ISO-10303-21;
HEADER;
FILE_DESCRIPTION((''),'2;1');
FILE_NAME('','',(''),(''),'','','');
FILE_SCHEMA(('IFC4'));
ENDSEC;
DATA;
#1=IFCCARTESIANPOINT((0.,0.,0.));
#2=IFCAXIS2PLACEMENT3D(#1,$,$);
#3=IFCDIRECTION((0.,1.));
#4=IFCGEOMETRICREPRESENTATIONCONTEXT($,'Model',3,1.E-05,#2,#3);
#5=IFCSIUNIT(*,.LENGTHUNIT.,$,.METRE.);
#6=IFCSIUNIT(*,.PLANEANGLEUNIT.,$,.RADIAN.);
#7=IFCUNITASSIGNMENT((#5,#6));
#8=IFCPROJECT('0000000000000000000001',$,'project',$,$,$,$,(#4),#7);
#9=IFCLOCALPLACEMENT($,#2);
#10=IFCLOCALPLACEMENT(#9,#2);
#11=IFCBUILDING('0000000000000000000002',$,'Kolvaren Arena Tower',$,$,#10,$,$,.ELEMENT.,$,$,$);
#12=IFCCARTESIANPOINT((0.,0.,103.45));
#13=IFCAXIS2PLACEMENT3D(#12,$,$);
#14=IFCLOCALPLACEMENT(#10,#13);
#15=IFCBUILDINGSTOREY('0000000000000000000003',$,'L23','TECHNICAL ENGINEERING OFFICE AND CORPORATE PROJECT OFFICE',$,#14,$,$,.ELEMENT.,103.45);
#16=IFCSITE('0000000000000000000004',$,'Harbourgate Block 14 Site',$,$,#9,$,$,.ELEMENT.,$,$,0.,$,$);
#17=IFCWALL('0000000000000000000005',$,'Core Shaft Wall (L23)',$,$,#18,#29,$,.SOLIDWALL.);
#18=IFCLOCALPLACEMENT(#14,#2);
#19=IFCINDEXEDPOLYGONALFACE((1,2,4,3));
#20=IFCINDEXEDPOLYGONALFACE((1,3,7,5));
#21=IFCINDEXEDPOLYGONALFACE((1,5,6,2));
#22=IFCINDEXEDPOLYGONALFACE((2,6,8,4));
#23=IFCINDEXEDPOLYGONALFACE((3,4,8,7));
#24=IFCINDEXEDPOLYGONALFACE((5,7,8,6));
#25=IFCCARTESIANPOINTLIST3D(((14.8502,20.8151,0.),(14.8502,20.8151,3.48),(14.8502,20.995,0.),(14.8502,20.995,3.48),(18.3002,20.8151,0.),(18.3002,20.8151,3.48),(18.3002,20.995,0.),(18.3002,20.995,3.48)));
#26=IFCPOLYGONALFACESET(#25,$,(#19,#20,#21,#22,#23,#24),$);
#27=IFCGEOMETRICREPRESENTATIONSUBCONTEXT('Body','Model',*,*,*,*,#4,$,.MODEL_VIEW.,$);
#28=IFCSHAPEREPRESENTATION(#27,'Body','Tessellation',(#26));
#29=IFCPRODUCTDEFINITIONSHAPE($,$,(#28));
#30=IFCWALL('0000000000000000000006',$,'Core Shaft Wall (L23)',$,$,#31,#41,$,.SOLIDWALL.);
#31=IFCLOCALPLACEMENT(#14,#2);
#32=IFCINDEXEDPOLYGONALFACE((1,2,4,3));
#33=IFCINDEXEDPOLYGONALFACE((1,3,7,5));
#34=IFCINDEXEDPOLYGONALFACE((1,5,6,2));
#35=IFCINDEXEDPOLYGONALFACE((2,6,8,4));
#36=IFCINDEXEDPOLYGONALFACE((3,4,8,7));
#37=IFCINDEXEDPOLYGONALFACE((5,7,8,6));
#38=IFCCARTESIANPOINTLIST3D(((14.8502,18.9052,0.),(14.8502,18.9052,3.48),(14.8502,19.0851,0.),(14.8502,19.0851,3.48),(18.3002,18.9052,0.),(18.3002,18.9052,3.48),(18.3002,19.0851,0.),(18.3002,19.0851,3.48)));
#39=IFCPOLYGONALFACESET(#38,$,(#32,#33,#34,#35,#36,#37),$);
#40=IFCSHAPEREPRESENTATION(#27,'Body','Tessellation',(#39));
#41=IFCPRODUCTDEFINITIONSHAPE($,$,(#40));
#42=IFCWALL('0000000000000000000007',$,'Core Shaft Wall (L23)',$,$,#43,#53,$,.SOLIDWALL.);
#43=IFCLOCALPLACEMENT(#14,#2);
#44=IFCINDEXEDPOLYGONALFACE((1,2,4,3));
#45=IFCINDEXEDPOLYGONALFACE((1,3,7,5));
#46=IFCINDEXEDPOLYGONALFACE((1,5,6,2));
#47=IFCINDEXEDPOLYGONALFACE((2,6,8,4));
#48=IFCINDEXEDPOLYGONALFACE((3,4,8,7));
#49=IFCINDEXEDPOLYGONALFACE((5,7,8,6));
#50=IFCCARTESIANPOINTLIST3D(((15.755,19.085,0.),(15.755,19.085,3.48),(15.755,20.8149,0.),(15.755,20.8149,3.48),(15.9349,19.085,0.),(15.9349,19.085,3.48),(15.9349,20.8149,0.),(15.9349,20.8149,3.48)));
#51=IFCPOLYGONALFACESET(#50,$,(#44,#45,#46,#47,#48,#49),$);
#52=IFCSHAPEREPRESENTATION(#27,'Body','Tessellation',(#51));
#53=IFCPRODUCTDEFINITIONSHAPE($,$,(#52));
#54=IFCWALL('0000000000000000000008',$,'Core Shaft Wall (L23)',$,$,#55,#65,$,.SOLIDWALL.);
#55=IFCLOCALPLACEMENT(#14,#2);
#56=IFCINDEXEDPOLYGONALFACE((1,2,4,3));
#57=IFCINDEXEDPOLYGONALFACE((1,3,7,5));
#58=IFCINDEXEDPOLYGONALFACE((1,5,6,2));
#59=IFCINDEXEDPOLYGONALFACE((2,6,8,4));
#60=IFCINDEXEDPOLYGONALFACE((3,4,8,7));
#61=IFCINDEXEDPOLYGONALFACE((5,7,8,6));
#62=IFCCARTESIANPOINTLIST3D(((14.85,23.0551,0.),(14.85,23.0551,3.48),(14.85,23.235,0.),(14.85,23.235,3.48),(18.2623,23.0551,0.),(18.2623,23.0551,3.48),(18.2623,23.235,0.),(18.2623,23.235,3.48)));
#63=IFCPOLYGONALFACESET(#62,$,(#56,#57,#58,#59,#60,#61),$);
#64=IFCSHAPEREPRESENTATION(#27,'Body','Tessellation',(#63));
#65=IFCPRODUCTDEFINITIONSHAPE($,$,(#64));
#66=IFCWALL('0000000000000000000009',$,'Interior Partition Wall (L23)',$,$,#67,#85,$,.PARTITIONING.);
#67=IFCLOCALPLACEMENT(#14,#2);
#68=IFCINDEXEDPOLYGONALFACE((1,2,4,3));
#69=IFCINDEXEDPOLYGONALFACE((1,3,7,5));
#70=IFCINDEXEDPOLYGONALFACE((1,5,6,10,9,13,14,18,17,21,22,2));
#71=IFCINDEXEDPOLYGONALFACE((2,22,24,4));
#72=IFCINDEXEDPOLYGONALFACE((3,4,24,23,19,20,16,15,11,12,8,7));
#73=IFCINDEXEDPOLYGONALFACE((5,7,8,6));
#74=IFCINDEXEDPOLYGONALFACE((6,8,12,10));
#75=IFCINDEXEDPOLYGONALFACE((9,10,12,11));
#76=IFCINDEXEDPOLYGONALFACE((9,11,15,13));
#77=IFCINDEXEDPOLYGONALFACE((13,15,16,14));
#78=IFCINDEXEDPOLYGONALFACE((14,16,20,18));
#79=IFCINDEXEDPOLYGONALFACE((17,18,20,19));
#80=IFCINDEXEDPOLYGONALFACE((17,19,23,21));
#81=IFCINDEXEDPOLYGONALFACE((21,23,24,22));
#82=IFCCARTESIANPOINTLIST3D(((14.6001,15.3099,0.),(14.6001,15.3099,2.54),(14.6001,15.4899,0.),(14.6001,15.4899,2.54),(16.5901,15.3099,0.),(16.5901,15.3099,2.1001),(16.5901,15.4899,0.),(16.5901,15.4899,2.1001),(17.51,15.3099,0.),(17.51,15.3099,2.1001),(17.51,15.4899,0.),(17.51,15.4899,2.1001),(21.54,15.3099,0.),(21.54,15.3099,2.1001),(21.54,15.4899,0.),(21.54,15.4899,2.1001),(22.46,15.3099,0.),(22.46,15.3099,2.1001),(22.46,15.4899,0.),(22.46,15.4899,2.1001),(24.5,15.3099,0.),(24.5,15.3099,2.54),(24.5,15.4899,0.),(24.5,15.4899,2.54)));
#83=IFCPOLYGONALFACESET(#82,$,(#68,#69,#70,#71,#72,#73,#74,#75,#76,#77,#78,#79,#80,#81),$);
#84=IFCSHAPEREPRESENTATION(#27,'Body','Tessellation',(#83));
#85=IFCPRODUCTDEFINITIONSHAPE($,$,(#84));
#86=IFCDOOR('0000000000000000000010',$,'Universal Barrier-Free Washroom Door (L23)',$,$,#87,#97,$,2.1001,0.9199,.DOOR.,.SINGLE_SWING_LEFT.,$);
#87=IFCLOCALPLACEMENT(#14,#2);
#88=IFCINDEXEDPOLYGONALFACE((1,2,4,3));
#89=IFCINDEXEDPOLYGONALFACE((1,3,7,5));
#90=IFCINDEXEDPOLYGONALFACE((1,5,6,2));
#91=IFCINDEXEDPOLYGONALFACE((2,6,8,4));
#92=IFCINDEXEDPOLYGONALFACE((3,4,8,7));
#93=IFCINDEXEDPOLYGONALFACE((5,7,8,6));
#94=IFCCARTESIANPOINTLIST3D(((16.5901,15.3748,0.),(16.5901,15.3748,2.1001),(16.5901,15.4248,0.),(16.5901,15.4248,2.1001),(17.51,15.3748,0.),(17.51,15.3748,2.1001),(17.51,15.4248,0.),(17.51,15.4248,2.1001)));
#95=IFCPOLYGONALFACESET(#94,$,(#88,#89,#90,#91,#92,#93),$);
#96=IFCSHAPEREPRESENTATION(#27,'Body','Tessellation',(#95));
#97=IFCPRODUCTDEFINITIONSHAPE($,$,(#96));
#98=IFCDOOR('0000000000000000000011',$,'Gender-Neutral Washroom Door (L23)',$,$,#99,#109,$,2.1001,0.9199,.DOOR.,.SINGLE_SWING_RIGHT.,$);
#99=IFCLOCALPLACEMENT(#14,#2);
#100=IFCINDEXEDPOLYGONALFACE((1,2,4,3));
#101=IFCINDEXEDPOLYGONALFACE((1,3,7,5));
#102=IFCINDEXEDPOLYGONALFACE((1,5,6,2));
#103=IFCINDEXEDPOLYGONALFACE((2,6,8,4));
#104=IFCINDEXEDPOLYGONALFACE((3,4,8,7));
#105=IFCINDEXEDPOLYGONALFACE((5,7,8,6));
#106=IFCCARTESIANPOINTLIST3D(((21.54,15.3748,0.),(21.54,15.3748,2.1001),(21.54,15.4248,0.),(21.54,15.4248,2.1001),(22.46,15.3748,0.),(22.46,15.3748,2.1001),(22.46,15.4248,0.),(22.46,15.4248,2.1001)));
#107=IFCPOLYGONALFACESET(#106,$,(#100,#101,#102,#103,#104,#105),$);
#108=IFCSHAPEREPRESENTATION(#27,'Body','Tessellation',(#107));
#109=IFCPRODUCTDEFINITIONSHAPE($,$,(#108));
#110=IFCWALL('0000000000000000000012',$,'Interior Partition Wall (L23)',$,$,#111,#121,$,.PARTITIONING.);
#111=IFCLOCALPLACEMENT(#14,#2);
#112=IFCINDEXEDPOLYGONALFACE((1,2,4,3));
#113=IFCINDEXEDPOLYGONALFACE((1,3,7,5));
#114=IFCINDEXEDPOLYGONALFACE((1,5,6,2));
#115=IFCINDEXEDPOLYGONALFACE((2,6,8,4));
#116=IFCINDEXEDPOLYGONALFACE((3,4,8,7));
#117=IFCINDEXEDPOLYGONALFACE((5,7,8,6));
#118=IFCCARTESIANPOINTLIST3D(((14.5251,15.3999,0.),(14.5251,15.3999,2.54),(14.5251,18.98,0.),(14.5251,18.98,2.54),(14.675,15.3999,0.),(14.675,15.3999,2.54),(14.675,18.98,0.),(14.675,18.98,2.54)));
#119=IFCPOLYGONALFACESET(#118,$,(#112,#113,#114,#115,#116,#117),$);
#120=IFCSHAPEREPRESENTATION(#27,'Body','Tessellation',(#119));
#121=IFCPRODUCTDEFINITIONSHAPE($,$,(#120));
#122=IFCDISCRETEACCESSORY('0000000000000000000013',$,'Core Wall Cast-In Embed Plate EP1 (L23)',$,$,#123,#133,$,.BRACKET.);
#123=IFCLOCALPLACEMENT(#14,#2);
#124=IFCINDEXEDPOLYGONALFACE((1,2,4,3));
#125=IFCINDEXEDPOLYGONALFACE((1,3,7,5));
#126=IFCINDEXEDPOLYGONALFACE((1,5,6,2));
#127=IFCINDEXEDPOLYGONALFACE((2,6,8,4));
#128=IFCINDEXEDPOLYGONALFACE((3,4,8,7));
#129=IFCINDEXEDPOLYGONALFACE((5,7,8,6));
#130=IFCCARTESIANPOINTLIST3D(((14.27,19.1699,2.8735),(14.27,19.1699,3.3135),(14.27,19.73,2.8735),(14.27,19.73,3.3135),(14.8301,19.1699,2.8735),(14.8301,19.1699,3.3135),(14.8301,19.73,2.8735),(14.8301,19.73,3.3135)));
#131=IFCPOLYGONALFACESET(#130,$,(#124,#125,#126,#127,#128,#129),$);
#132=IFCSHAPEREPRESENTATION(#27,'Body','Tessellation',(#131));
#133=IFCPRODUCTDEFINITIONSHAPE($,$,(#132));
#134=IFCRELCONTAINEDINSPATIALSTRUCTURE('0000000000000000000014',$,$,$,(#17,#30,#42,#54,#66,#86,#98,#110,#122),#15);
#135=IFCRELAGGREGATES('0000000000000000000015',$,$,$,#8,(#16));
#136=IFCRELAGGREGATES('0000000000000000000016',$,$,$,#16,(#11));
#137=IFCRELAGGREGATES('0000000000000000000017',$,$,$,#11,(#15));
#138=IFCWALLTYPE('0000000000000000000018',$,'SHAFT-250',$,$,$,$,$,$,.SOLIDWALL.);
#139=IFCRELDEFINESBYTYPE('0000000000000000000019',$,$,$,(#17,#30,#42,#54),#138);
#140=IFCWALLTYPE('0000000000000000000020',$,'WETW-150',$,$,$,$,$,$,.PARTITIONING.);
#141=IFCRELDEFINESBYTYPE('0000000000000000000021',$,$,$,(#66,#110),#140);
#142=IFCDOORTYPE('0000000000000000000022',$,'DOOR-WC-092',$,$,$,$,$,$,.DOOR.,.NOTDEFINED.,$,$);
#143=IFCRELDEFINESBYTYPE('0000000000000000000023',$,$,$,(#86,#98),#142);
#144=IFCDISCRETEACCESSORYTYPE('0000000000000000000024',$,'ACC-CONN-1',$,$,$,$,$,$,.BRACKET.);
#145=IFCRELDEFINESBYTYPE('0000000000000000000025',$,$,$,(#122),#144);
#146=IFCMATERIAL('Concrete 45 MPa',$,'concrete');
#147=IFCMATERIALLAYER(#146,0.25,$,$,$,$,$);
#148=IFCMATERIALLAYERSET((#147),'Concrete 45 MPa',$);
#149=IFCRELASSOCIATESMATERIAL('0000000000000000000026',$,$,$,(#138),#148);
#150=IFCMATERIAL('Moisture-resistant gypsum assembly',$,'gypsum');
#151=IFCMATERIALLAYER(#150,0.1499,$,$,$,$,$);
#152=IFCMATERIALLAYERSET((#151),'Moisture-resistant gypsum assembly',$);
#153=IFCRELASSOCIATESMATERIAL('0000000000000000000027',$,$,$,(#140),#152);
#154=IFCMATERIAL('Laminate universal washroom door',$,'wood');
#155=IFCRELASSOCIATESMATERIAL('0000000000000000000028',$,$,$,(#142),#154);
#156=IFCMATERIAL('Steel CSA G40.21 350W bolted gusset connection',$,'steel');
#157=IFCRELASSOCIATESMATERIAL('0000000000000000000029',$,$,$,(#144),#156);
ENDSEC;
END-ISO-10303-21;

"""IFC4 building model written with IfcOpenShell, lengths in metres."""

from ifc_helpers import new_model, si_unit, direction, frame, frame_2d, origin, origin_2d, place, context, subcontext, project, spatial, rectangle, extrude, material, layer, layer_set, type_object, element, fill, save


model = new_model("IFC4")

# Units and contexts
model_context = context("Model", 3, precision=1e-05, world=origin(), true_north=direction((0.0, 1.0)))
body_context = subcontext(model_context, "Body", "Model", "MODEL_VIEW")
ifc_project = project(units=[si_unit("LENGTHUNIT", "METRE"), si_unit("PLANEANGLEUNIT", "RADIAN")], contexts=[model_context])

# Site, building, storey
site_placement = place(None, origin())
site = spatial("IfcSite", under=ifc_project, at=site_placement, Name="Harbourgate Block 14 Site", CompositionType="ELEMENT", RefElevation=0.0)
building_placement = place(site_placement, origin())
building = spatial("IfcBuilding", under=site, at=building_placement, Name="Kolvaren Arena Tower", CompositionType="ELEMENT")
storey_placement = place(building_placement, frame((0.0, 0.0, 103.45)))
storey = spatial("IfcBuildingStorey", under=building, at=storey_placement, Name="L23", Description="TECHNICAL ENGINEERING OFFICE AND CORPORATE PROJECT OFFICE", CompositionType="ELEMENT", Elevation=103.45)

# Walls
ifc_material_1 = material(Name="Concrete 45 MPa", Category="concrete")
ifc_layer_1 = layer(ifc_material_1, 0.25)
ifc_layer_set_1 = layer_set([ifc_layer_1], Name="Concrete 45 MPa")
wall_type_1 = type_object("IfcWallType", Name="SHAFT-250", PredefinedType="SOLIDWALL", material=ifc_layer_set_1)
for number, where, z_axis, x_axis, name in (
    (1, (14.8501, 20.905, 0.0), (0.0, 0.0, 1.0), (1.0, 0.0, 0.0), "Core Shaft Wall (L23)"),
    (2, (14.8501, 18.9951, 0.0), (0.0, 0.0, 1.0), (1.0, 0.0, 0.0), "Core Shaft Wall (L23)"),
):
    element("IfcWall", number, at=place(storey_placement, frame(where, z_axis=z_axis, x_axis=x_axis)), inside=storey, type_object=wall_type_1, Name=name, PredefinedType="SOLIDWALL", context=body_context, shape_type="SweptSolid", body=[
        extrude(rectangle(XDim=3.45, YDim=0.1799, at=frame_2d((1.7251, 0.0))), origin(), (0.0, 0.0, 1.0), 3.48),
    ])
wall_1_placement = place(storey_placement, frame((15.845, 19.085, 0.0), z_axis=(0.0, 0.0, 1.0), x_axis=(0.0, 1.0, 0.0)))
element("IfcWall", 3, at=wall_1_placement, inside=storey, type_object=wall_type_1, Name="Core Shaft Wall (L23)", PredefinedType="SOLIDWALL", context=body_context, shape_type="SweptSolid", body=[
    extrude(rectangle(XDim=1.73, YDim=0.1799, at=frame_2d((0.865, 0.0))), origin(), (0.0, 0.0, 1.0), 3.48),
])
wall_2_placement = place(storey_placement, frame((14.8501, 23.145, 0.0), z_axis=(0.0, 0.0, 1.0), x_axis=(1.0, 0.0, 0.0)))
element("IfcWall", 4, at=wall_2_placement, inside=storey, type_object=wall_type_1, Name="Core Shaft Wall (L23)", PredefinedType="SOLIDWALL", context=body_context, shape_type="SweptSolid", body=[
    extrude(rectangle(XDim=3.4124, YDim=0.1799, at=frame_2d((1.7061, 0.0))), origin(), (0.0, 0.0, 1.0), 3.48),
])

# Wall, openings, doors
ifc_material_2 = material(Name="Moisture-resistant gypsum assembly", Category="gypsum")
ifc_layer_2 = layer(ifc_material_2, 0.1499)
ifc_layer_set_2 = layer_set([ifc_layer_2], Name="Moisture-resistant gypsum assembly")
wall_type_2 = type_object("IfcWallType", Name="WETW-150", PredefinedType="PARTITIONING", material=ifc_layer_set_2)
wall_3_placement = place(storey_placement, frame((14.6001, 15.3999, 0.0), z_axis=(0.0, 0.0, 1.0), x_axis=(1.0, 0.0, 0.0)))
wall_3 = element("IfcWall", 5, at=wall_3_placement, inside=storey, type_object=wall_type_2, Name="Interior Partition Wall (L23)", PredefinedType="PARTITIONING", context=body_context, shape_type="SweptSolid", body=[
    extrude(rectangle(XDim=9.8999, YDim=0.1799, at=frame_2d((4.95, 0.0))), origin(), (0.0, 0.0, 1.0), 2.54),
])
opening_1_placement = place(wall_3_placement, frame((1.99, 0.0, 0.0)))
opening_1 = element("IfcOpeningElement", 6, at=opening_1_placement, cuts=wall_3, PredefinedType="OPENING", context=body_context, shape_type="SweptSolid", body=[
    extrude(rectangle(XDim=0.9199, YDim=2.1001, at=frame_2d((0.46, 1.05))), frame((0.0, 0.0999, 0.0), z_axis=(0.0, -1.0, 0.0), x_axis=(1.0, 0.0, 0.0)), (0.0, 0.0, 1.0), 0.2),
])
opening_2_placement = place(wall_3_placement, frame((6.9399, 0.0, 0.0)))
opening_2 = element("IfcOpeningElement", 7, at=opening_2_placement, cuts=wall_3, PredefinedType="OPENING", context=body_context, shape_type="SweptSolid", body=[
    extrude(rectangle(XDim=0.9199, YDim=2.1001, at=frame_2d((0.46, 1.05))), frame((0.0, 0.0999, 0.0), z_axis=(0.0, -1.0, 0.0), x_axis=(1.0, 0.0, 0.0)), (0.0, 0.0, 1.0), 0.2),
])
ifc_material_3 = material(Name="Laminate universal washroom door", Category="wood")
door_type_1 = type_object("IfcDoorType", Name="DOOR-WC-092", OperationType="NOTDEFINED", PredefinedType="DOOR", material=ifc_material_3)
door_1_placement = place(opening_1_placement, origin())
door_1 = element("IfcDoor", 8, at=door_1_placement, inside=storey, type_object=door_type_1, Name="Universal Barrier-Free Washroom Door (L23)", OperationType="SINGLE_SWING_LEFT", OverallHeight=2.1001, OverallWidth=0.9199, PredefinedType="DOOR", context=body_context, shape_type="SweptSolid", body=[
    extrude(rectangle(XDim=0.9199, YDim=2.1001, at=frame_2d((0.46, 1.05))), frame((0.0, 0.0249, 0.0), z_axis=(0.0, -1.0, 0.0), x_axis=(1.0, 0.0, 0.0)), (0.0, 0.0, 1.0), 0.05),
])
fill(opening_1, door_1)
door_2_placement = place(opening_2_placement, origin())
door_2 = element("IfcDoor", 9, at=door_2_placement, inside=storey, type_object=door_type_1, Name="Gender-Neutral Washroom Door (L23)", OperationType="SINGLE_SWING_RIGHT", OverallHeight=2.1001, OverallWidth=0.9199, PredefinedType="DOOR", context=body_context, shape_type="SweptSolid", body=[
    extrude(rectangle(XDim=0.9199, YDim=2.1001, at=frame_2d((0.46, 1.05))), frame((0.0, 0.0249, 0.0), z_axis=(0.0, -1.0, 0.0), x_axis=(1.0, 0.0, 0.0)), (0.0, 0.0, 1.0), 0.05),
])
fill(opening_2, door_2)

# Wall
wall_4_placement = place(storey_placement, frame((14.6001, 15.3999, 0.0), z_axis=(0.0, 0.0, 1.0), x_axis=(0.0, 1.0, 0.0)))
element("IfcWall", 10, at=wall_4_placement, inside=storey, type_object=wall_type_2, Name="Interior Partition Wall (L23)", PredefinedType="PARTITIONING", context=body_context, shape_type="SweptSolid", body=[
    extrude(rectangle(XDim=3.5801, YDim=0.1499, at=frame_2d((1.79, 0.0))), origin(), (0.0, 0.0, 1.0), 2.54),
])

# Discrete accessory
ifc_material_4 = material(Name="Steel CSA G40.21 350W bolted gusset connection", Category="steel")
discrete_accessory_type = type_object("IfcDiscreteAccessoryType", Name="ACC-CONN-1", PredefinedType="BRACKET", material=ifc_material_4)
discrete_accessory_placement = place(storey_placement, frame((14.55, 19.45, 2.8735), z_axis=(0.0, 0.0, 1.0), x_axis=(1.0, 0.0, 0.0)))
element("IfcDiscreteAccessory", 11, at=discrete_accessory_placement, inside=storey, type_object=discrete_accessory_type, Name="Core Wall Cast-In Embed Plate EP1 (L23)", PredefinedType="BRACKET", context=body_context, shape_type="SweptSolid", body=[
    extrude(rectangle(XDim=0.5601, YDim=0.5601, at=origin_2d()), origin(), (0.0, 0.0, 1.0), 0.4399),
])

save(model, "model.ifc")
